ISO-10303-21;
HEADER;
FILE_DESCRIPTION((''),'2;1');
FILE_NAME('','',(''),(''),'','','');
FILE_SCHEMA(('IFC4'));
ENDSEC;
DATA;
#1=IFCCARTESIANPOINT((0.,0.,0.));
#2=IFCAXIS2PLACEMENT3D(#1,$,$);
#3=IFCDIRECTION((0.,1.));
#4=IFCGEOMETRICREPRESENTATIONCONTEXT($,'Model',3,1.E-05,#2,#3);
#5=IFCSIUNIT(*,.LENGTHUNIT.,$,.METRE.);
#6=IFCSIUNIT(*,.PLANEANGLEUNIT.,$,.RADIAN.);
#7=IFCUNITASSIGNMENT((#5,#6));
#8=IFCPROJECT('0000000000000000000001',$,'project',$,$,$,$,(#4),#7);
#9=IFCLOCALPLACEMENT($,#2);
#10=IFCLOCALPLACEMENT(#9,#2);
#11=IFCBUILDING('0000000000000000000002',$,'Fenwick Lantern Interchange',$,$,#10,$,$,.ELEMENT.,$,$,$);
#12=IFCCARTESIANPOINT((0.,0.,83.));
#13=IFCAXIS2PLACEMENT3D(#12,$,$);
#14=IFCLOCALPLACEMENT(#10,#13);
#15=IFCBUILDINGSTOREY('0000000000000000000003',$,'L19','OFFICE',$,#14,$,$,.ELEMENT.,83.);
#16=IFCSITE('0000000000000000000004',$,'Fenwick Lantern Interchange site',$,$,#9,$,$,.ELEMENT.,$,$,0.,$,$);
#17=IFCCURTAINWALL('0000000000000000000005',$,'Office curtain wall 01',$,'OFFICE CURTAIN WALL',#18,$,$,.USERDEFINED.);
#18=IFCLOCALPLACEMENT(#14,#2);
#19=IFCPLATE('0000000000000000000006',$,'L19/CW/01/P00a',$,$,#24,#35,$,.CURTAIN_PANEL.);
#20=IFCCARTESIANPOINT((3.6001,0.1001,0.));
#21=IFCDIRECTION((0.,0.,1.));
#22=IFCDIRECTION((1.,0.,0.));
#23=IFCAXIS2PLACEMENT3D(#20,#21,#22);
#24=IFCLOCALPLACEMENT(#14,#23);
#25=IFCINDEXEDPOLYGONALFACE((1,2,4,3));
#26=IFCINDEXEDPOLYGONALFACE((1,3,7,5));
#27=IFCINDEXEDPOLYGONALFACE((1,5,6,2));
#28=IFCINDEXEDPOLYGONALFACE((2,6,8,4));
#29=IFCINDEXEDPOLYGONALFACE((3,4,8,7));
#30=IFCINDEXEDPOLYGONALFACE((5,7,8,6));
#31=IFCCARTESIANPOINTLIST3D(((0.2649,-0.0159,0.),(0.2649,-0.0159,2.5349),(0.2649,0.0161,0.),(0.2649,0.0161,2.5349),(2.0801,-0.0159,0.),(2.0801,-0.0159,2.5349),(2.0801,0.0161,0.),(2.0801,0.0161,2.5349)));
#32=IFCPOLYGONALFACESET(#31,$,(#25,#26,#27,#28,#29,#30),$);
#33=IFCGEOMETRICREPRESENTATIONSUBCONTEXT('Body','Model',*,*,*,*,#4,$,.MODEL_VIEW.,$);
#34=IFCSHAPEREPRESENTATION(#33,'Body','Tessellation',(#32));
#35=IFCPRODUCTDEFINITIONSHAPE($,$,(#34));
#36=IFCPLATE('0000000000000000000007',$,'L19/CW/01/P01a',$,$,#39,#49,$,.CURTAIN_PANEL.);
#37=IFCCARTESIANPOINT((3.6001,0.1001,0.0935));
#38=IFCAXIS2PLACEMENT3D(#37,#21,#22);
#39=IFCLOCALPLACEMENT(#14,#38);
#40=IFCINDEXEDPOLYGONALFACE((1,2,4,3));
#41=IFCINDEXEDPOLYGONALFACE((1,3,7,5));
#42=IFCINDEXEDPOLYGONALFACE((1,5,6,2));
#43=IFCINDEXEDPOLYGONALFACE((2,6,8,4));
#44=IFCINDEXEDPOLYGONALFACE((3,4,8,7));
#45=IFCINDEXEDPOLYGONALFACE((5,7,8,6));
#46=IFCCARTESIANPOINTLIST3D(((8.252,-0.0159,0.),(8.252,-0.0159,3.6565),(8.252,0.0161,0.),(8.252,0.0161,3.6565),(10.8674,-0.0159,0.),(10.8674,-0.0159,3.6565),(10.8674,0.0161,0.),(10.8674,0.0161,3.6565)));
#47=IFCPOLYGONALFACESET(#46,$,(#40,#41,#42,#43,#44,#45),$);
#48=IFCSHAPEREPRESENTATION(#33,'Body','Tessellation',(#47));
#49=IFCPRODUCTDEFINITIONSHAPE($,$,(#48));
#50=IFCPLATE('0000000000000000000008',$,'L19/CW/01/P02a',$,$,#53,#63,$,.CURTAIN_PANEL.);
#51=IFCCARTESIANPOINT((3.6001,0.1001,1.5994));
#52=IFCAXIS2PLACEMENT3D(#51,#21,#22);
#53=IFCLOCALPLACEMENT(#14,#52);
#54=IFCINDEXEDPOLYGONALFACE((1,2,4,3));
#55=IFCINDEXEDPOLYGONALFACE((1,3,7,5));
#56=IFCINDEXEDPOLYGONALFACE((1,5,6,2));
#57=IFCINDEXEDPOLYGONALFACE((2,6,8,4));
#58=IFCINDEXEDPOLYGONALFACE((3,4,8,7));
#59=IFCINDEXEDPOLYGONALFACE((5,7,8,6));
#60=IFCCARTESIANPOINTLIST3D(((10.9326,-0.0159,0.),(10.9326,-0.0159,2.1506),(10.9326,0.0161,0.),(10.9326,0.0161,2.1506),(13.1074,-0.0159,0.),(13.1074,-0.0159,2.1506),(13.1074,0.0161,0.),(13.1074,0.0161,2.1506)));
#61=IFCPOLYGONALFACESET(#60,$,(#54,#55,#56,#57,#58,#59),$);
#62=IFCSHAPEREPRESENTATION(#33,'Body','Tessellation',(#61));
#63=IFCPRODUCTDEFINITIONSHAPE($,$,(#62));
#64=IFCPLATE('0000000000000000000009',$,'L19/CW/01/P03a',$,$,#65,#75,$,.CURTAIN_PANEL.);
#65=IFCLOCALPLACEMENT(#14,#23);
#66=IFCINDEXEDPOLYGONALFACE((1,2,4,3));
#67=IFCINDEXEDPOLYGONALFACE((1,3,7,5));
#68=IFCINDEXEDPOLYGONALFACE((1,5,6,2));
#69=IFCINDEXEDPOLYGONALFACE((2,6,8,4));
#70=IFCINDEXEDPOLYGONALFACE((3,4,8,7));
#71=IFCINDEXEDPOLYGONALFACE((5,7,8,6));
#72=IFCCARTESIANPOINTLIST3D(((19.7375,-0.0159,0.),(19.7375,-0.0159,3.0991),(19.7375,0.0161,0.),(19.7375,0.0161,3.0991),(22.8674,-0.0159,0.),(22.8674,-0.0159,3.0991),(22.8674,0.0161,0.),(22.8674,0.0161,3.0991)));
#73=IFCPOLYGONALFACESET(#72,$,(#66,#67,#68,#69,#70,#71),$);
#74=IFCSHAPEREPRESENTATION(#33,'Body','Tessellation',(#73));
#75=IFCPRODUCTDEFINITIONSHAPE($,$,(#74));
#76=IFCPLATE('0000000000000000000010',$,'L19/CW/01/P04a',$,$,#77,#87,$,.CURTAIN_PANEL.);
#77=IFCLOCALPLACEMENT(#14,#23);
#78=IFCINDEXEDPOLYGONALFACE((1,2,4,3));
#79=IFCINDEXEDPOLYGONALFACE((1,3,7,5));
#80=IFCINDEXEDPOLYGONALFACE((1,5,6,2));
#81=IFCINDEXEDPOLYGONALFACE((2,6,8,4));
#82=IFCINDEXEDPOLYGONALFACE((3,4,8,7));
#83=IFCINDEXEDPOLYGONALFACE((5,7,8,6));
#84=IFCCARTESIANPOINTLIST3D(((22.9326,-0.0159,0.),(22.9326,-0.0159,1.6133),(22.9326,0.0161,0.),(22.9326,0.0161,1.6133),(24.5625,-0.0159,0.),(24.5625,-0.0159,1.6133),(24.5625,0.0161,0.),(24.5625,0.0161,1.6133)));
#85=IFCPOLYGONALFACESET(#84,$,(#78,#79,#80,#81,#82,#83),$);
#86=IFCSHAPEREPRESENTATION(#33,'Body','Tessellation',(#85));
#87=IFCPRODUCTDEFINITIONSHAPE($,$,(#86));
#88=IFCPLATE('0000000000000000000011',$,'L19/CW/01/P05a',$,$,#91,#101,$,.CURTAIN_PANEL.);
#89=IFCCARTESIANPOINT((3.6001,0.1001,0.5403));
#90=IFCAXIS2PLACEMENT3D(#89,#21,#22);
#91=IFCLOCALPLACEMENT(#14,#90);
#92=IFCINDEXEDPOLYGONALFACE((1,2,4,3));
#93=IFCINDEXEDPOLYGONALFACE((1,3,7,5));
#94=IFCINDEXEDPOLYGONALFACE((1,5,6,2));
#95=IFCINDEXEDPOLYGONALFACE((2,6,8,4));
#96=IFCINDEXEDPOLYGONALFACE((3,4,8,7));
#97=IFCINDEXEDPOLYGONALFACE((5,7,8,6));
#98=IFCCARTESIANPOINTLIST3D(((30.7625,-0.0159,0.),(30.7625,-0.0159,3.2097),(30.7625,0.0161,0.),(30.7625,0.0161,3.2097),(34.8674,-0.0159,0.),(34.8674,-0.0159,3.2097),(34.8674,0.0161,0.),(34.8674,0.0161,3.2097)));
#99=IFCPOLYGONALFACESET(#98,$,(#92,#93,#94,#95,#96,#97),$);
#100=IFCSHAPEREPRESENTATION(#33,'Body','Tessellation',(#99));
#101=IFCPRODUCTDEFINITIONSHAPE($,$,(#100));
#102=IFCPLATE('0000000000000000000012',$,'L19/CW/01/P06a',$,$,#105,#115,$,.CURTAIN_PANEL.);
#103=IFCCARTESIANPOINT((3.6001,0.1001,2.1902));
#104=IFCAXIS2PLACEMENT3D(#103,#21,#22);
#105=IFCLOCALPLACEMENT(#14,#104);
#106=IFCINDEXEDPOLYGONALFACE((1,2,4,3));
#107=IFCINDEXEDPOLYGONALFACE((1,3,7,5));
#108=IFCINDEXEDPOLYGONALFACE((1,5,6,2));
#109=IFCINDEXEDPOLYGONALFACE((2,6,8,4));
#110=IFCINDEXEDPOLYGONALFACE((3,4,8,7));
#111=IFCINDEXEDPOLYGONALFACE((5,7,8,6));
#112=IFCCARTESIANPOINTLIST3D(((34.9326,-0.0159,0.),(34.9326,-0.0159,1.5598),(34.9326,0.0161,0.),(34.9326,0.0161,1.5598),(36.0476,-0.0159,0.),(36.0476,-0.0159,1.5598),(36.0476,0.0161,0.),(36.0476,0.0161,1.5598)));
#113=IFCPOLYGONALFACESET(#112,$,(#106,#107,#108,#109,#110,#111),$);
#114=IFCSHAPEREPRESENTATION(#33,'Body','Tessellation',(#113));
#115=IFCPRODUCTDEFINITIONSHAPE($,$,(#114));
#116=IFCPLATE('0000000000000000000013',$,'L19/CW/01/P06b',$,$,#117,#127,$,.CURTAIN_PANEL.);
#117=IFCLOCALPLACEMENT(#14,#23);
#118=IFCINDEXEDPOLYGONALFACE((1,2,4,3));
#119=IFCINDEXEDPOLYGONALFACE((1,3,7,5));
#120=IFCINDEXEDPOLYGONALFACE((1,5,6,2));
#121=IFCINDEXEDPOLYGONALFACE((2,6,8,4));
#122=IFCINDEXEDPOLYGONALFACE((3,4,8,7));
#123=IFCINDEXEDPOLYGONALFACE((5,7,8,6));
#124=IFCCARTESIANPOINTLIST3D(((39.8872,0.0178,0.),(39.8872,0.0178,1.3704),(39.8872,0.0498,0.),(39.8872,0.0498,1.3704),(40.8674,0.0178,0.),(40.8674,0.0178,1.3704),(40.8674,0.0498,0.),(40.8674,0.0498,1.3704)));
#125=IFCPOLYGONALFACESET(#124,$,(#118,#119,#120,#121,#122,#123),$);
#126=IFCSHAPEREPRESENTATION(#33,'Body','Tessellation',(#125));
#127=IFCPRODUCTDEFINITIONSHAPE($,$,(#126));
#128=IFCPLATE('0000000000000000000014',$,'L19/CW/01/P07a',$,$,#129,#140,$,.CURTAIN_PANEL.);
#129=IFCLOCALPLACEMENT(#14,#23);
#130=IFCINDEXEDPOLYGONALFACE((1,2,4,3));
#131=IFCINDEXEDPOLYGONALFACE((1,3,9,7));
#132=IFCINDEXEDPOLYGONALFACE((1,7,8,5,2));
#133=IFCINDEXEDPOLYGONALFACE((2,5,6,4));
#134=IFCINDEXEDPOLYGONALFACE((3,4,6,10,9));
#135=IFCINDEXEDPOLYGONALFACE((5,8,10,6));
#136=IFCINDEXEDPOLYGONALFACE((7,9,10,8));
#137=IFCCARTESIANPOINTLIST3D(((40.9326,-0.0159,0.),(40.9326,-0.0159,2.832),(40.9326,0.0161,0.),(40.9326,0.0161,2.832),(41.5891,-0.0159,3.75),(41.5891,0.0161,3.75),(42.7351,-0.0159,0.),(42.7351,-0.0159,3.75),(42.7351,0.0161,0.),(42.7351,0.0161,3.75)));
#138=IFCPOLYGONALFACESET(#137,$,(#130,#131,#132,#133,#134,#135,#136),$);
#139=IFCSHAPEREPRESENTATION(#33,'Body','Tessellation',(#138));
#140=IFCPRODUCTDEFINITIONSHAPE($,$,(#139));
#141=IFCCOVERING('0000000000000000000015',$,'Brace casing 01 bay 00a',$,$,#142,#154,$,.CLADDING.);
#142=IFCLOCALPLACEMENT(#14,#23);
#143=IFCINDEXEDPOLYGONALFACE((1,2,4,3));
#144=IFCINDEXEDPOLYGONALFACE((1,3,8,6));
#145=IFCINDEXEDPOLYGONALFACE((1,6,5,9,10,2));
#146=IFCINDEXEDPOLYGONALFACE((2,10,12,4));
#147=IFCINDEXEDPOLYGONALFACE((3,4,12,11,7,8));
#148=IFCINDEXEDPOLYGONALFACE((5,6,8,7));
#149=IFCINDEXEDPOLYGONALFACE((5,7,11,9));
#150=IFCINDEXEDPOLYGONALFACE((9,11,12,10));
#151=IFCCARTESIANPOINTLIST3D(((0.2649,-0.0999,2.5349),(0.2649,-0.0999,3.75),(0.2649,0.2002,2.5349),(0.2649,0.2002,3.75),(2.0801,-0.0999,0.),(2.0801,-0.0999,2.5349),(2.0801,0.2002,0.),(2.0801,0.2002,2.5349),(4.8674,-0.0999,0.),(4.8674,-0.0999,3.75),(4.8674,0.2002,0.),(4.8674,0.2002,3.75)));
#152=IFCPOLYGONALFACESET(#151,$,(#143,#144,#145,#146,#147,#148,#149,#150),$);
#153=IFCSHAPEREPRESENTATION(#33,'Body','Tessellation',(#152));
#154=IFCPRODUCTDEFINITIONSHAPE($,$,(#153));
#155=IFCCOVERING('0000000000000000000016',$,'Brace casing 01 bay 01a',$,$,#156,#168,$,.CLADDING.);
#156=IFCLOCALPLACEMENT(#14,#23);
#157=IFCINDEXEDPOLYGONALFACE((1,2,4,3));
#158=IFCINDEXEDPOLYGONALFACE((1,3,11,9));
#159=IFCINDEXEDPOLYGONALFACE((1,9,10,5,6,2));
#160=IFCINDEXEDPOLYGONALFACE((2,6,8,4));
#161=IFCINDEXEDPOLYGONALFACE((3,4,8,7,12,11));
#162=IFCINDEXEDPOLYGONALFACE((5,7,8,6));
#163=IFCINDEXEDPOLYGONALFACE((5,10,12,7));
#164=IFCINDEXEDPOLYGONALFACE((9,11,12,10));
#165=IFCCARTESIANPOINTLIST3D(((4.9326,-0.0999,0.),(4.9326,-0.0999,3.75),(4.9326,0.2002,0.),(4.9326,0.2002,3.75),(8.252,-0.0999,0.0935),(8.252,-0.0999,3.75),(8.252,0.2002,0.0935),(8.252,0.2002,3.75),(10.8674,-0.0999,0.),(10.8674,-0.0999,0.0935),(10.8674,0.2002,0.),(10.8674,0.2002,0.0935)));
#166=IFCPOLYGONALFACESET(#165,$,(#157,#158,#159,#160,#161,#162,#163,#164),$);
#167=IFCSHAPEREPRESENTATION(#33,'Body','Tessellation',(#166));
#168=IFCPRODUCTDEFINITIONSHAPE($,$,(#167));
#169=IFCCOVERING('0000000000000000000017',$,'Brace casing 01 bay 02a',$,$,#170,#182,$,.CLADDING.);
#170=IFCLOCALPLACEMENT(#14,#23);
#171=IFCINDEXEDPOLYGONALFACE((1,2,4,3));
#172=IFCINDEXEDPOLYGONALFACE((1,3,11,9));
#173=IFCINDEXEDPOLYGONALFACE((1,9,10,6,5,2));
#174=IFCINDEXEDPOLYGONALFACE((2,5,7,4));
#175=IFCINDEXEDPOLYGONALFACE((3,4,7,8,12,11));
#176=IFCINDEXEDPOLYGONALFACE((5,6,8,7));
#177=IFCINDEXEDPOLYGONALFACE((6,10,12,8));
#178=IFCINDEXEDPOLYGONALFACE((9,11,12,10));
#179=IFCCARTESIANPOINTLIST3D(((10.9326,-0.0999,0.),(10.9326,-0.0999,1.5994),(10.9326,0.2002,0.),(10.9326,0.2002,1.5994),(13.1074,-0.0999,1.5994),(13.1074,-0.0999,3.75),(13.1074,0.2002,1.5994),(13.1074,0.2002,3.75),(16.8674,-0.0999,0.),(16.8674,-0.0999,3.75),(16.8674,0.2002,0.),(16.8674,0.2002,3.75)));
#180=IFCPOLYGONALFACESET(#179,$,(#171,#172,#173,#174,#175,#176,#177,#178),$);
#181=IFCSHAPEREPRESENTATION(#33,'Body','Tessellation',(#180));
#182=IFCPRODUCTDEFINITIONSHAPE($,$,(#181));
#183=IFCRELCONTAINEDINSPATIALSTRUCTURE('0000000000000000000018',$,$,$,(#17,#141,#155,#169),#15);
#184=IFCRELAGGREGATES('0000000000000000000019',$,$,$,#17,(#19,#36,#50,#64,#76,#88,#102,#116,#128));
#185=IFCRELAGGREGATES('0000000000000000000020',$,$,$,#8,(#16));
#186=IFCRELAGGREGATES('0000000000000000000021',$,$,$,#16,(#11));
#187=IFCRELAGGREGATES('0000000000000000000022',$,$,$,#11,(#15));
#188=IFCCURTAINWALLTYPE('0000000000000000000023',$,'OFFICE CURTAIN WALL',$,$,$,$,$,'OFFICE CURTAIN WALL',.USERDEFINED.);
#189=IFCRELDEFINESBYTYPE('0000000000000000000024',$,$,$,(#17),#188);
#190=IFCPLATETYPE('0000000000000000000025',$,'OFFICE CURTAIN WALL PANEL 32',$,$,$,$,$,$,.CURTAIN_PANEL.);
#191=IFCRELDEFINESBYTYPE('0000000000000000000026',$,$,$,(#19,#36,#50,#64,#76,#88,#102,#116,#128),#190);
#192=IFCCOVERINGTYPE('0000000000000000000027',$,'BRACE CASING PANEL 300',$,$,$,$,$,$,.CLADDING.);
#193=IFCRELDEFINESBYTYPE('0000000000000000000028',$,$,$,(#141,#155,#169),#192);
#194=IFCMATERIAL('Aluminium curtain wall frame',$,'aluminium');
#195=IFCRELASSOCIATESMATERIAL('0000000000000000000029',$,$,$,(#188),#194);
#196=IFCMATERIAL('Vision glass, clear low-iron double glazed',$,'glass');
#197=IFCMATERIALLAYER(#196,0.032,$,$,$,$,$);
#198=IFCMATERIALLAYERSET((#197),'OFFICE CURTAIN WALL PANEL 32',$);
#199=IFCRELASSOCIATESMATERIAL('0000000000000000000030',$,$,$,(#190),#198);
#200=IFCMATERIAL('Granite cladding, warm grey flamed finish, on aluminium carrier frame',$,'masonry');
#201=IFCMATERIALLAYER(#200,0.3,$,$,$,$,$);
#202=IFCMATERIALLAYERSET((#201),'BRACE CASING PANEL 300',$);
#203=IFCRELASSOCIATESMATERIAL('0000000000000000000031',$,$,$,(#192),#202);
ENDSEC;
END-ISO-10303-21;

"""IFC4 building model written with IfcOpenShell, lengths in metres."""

from ifc_helpers import new_model, si_unit, direction, frame, origin, place, context, subcontext, project, spatial, polyline, outline, extrude, material, layer, layer_set, type_object, element, aggregate, save


model = new_model("IFC4")

# Units and contexts
model_context = context("Model", 3, precision=1e-05, world=origin(), true_north=direction((0.0, 1.0)))
body_context = subcontext(model_context, "Body", "Model", "MODEL_VIEW")
ifc_project = project(units=[si_unit("LENGTHUNIT", "METRE"), si_unit("PLANEANGLEUNIT", "RADIAN")], contexts=[model_context])

# Site, building, storey
site_placement = place(None, origin())
site = spatial("IfcSite", under=ifc_project, at=site_placement, Name="Fenwick Lantern Interchange site", CompositionType="ELEMENT", RefElevation=0.0)
building_placement = place(site_placement, origin())
building = spatial("IfcBuilding", under=site, at=building_placement, Name="Fenwick Lantern Interchange", CompositionType="ELEMENT")
storey_placement = place(building_placement, frame((0.0, 0.0, 83.0)))
storey = spatial("IfcBuildingStorey", under=building, at=storey_placement, Name="L19", Description="OFFICE", CompositionType="ELEMENT", Elevation=83.0)

# Shared definitions
ifc_material_1 = material(Name="Aluminium curtain wall frame", Category="aluminium")
curtain_wall_type = type_object("IfcCurtainWallType", Name="OFFICE CURTAIN WALL", ElementType="OFFICE CURTAIN WALL", PredefinedType="USERDEFINED", material=ifc_material_1)

# Curtain wall, plates
curtain_wall_1_placement = place(storey_placement, origin())
curtain_wall_1 = element("IfcCurtainWall", 1, at=curtain_wall_1_placement, inside=storey, type_object=curtain_wall_type, Name="Office curtain wall 01", ObjectType="OFFICE CURTAIN WALL", PredefinedType="USERDEFINED")
ifc_material_2 = material(Name="Vision glass, clear low-iron double glazed", Category="glass")
ifc_layer_1 = layer(ifc_material_2, 0.032)
ifc_layer_set_1 = layer_set([ifc_layer_1], Name="OFFICE CURTAIN WALL PANEL 32")
plate_type = type_object("IfcPlateType", Name="OFFICE CURTAIN WALL PANEL 32", PredefinedType="CURTAIN_PANEL", material=ifc_layer_set_1)
plate_1_placement = place(storey_placement, frame((3.6001, 0.1001, 0.0), z_axis=(0.0, 0.0, 1.0), x_axis=(1.0, 0.0, 0.0)))
plate_1 = element("IfcPlate", 2, at=plate_1_placement, type_object=plate_type, Name="L19/CW/01/P00a", PredefinedType="CURTAIN_PANEL", context=body_context, shape_type="SweptSolid", body=[
    extrude(outline(polyline([(0.2649, 0.0), (2.0801, 0.0), (2.0801, 2.5349), (0.2649, 2.5349), (0.2649, 0.0)])), frame((0.0, 0.0161, 0.0), z_axis=(0.0, -1.0, 0.0), x_axis=(1.0, 0.0, 0.0)), (0.0, 0.0, 1.0), 0.032),
])
plate_2_placement = place(storey_placement, frame((3.6001, 0.1001, 0.0935), z_axis=(0.0, 0.0, 1.0), x_axis=(1.0, 0.0, 0.0)))
plate_2 = element("IfcPlate", 3, at=plate_2_placement, type_object=plate_type, Name="L19/CW/01/P01a", PredefinedType="CURTAIN_PANEL", context=body_context, shape_type="SweptSolid", body=[
    extrude(outline(polyline([(8.252, 0.0), (10.8674, 0.0), (10.8674, 3.6565), (8.252, 3.6565), (8.252, 0.0)])), frame((0.0, 0.0161, 0.0), z_axis=(0.0, -1.0, 0.0), x_axis=(1.0, 0.0, 0.0)), (0.0, 0.0, 1.0), 0.032),
])
plate_3_placement = place(storey_placement, frame((3.6001, 0.1001, 1.5994), z_axis=(0.0, 0.0, 1.0), x_axis=(1.0, 0.0, 0.0)))
plate_3 = element("IfcPlate", 4, at=plate_3_placement, type_object=plate_type, Name="L19/CW/01/P02a", PredefinedType="CURTAIN_PANEL", context=body_context, shape_type="SweptSolid", body=[
    extrude(outline(polyline([(10.9326, 0.0), (13.1074, 0.0), (13.1074, 2.1506), (10.9326, 2.1506), (10.9326, 0.0)])), frame((0.0, 0.0161, 0.0), z_axis=(0.0, -1.0, 0.0), x_axis=(1.0, 0.0, 0.0)), (0.0, 0.0, 1.0), 0.032),
])
plate_4_placement = place(storey_placement, frame((3.6001, 0.1001, 0.0), z_axis=(0.0, 0.0, 1.0), x_axis=(1.0, 0.0, 0.0)))
plate_4 = element("IfcPlate", 5, at=plate_4_placement, type_object=plate_type, Name="L19/CW/01/P03a", PredefinedType="CURTAIN_PANEL", context=body_context, shape_type="SweptSolid", body=[
    extrude(outline(polyline([(19.7375, 0.0), (22.8674, 0.0), (22.8674, 3.0991), (19.7375, 3.0991), (19.7375, 0.0)])), frame((0.0, 0.0161, 0.0), z_axis=(0.0, -1.0, 0.0), x_axis=(1.0, 0.0, 0.0)), (0.0, 0.0, 1.0), 0.032),
])
plate_5_placement = place(storey_placement, frame((3.6001, 0.1001, 0.0), z_axis=(0.0, 0.0, 1.0), x_axis=(1.0, 0.0, 0.0)))
plate_5 = element("IfcPlate", 6, at=plate_5_placement, type_object=plate_type, Name="L19/CW/01/P04a", PredefinedType="CURTAIN_PANEL", context=body_context, shape_type="SweptSolid", body=[
    extrude(outline(polyline([(22.9326, 0.0), (24.5625, 0.0), (24.5625, 1.6133), (22.9326, 1.6133), (22.9326, 0.0)])), frame((0.0, 0.0161, 0.0), z_axis=(0.0, -1.0, 0.0), x_axis=(1.0, 0.0, 0.0)), (0.0, 0.0, 1.0), 0.032),
])
plate_6_placement = place(storey_placement, frame((3.6001, 0.1001, 0.5403), z_axis=(0.0, 0.0, 1.0), x_axis=(1.0, 0.0, 0.0)))
plate_6 = element("IfcPlate", 7, at=plate_6_placement, type_object=plate_type, Name="L19/CW/01/P05a", PredefinedType="CURTAIN_PANEL", context=body_context, shape_type="SweptSolid", body=[
    extrude(outline(polyline([(30.7625, 0.0), (34.8674, 0.0), (34.8674, 3.2097), (30.7625, 3.2097), (30.7625, 0.0)])), frame((0.0, 0.0161, 0.0), z_axis=(0.0, -1.0, 0.0), x_axis=(1.0, 0.0, 0.0)), (0.0, 0.0, 1.0), 0.032),
])
plate_7_placement = place(storey_placement, frame((3.6001, 0.1001, 2.1902), z_axis=(0.0, 0.0, 1.0), x_axis=(1.0, 0.0, 0.0)))
plate_7 = element("IfcPlate", 8, at=plate_7_placement, type_object=plate_type, Name="L19/CW/01/P06a", PredefinedType="CURTAIN_PANEL", context=body_context, shape_type="SweptSolid", body=[
    extrude(outline(polyline([(34.9326, 0.0), (36.0476, 0.0), (36.0476, 1.5598), (34.9326, 1.5598), (34.9326, 0.0)])), frame((0.0, 0.0161, 0.0), z_axis=(0.0, -1.0, 0.0), x_axis=(1.0, 0.0, 0.0)), (0.0, 0.0, 1.0), 0.032),
])
plate_8_placement = place(storey_placement, frame((3.6001, 0.1001, 0.0), z_axis=(0.0, 0.0, 1.0), x_axis=(1.0, 0.0, 0.0)))
plate_8 = element("IfcPlate", 9, at=plate_8_placement, type_object=plate_type, Name="L19/CW/01/P06b", PredefinedType="CURTAIN_PANEL", context=body_context, shape_type="SweptSolid", body=[
    extrude(outline(polyline([(39.8872, 0.0), (40.8674, 0.0), (40.8674, 1.3704), (39.8872, 1.3704), (39.8872, 0.0)])), frame((0.0, 0.0498, 0.0), z_axis=(0.0, -1.0, 0.0), x_axis=(1.0, 0.0, 0.0)), (0.0, 0.0, 1.0), 0.032),
])
plate_9_placement = place(storey_placement, frame((3.6001, 0.1001, 0.0), z_axis=(0.0, 0.0, 1.0), x_axis=(1.0, 0.0, 0.0)))
plate_9 = element("IfcPlate", 10, at=plate_9_placement, type_object=plate_type, Name="L19/CW/01/P07a", PredefinedType="CURTAIN_PANEL", context=body_context, shape_type="SweptSolid", body=[
    extrude(outline(polyline([(40.9326, 0.0), (42.7351, 0.0), (42.7351, 3.75), (41.5891, 3.75), (40.9326, 2.832), (40.9326, 0.0)])), frame((0.0, 0.0161, 0.0), z_axis=(0.0, -1.0, 0.0), x_axis=(1.0, 0.0, 0.0)), (0.0, 0.0, 1.0), 0.032),
])
aggregate(curtain_wall_1, [plate_1, plate_2, plate_3, plate_4, plate_5, plate_6, plate_7, plate_8, plate_9])

# Coverings
ifc_material_3 = material(Name="Granite cladding, warm grey flamed finish, on aluminium carrier frame", Category="masonry")
ifc_layer_2 = layer(ifc_material_3, 0.3)
ifc_layer_set_2 = layer_set([ifc_layer_2], Name="BRACE CASING PANEL 300")
covering_type = type_object("IfcCoveringType", Name="BRACE CASING PANEL 300", PredefinedType="CLADDING", material=ifc_layer_set_2)
covering_1_placement = place(storey_placement, frame((3.6001, 0.1001, 0.0), z_axis=(0.0, 0.0, 1.0), x_axis=(1.0, 0.0, 0.0)))
element("IfcCovering", 11, at=covering_1_placement, inside=storey, type_object=covering_type, Name="Brace casing 01 bay 00a", PredefinedType="CLADDING", context=body_context, shape_type="SweptSolid", body=[
    extrude(outline(polyline([(2.0801, 0.0), (4.8674, 0.0), (4.8674, 3.75), (0.2649, 3.75), (0.2649, 2.5349), (2.0801, 2.5349), (2.0801, 0.0)])), frame((0.0, 0.2002, 0.0), z_axis=(0.0, -1.0, 0.0), x_axis=(1.0, 0.0, 0.0)), (0.0, 0.0, 1.0), 0.3),
])
covering_2_placement = place(storey_placement, frame((3.6001, 0.1001, 0.0), z_axis=(0.0, 0.0, 1.0), x_axis=(1.0, 0.0, 0.0)))
element("IfcCovering", 12, at=covering_2_placement, inside=storey, type_object=covering_type, Name="Brace casing 01 bay 01a", PredefinedType="CLADDING", context=body_context, shape_type="SweptSolid", body=[
    extrude(outline(polyline([(4.9326, 0.0), (10.8674, 0.0), (10.8674, 0.0935), (8.252, 0.0935), (8.252, 3.75), (4.9326, 3.75), (4.9326, 0.0)])), frame((0.0, 0.2002, 0.0), z_axis=(0.0, -1.0, 0.0), x_axis=(1.0, 0.0, 0.0)), (0.0, 0.0, 1.0), 0.3),
])
covering_3_placement = place(storey_placement, frame((3.6001, 0.1001, 0.0), z_axis=(0.0, 0.0, 1.0), x_axis=(1.0, 0.0, 0.0)))
element("IfcCovering", 13, at=covering_3_placement, inside=storey, type_object=covering_type, Name="Brace casing 01 bay 02a", PredefinedType="CLADDING", context=body_context, shape_type="SweptSolid", body=[
    extrude(outline(polyline([(10.9326, 0.0), (16.8674, 0.0), (16.8674, 3.75), (13.1074, 3.75), (13.1074, 1.5994), (10.9326, 1.5994), (10.9326, 0.0)])), frame((0.0, 0.2002, 0.0), z_axis=(0.0, -1.0, 0.0), x_axis=(1.0, 0.0, 0.0)), (0.0, 0.0, 1.0), 0.3),
])

save(model, "model.ifc")
